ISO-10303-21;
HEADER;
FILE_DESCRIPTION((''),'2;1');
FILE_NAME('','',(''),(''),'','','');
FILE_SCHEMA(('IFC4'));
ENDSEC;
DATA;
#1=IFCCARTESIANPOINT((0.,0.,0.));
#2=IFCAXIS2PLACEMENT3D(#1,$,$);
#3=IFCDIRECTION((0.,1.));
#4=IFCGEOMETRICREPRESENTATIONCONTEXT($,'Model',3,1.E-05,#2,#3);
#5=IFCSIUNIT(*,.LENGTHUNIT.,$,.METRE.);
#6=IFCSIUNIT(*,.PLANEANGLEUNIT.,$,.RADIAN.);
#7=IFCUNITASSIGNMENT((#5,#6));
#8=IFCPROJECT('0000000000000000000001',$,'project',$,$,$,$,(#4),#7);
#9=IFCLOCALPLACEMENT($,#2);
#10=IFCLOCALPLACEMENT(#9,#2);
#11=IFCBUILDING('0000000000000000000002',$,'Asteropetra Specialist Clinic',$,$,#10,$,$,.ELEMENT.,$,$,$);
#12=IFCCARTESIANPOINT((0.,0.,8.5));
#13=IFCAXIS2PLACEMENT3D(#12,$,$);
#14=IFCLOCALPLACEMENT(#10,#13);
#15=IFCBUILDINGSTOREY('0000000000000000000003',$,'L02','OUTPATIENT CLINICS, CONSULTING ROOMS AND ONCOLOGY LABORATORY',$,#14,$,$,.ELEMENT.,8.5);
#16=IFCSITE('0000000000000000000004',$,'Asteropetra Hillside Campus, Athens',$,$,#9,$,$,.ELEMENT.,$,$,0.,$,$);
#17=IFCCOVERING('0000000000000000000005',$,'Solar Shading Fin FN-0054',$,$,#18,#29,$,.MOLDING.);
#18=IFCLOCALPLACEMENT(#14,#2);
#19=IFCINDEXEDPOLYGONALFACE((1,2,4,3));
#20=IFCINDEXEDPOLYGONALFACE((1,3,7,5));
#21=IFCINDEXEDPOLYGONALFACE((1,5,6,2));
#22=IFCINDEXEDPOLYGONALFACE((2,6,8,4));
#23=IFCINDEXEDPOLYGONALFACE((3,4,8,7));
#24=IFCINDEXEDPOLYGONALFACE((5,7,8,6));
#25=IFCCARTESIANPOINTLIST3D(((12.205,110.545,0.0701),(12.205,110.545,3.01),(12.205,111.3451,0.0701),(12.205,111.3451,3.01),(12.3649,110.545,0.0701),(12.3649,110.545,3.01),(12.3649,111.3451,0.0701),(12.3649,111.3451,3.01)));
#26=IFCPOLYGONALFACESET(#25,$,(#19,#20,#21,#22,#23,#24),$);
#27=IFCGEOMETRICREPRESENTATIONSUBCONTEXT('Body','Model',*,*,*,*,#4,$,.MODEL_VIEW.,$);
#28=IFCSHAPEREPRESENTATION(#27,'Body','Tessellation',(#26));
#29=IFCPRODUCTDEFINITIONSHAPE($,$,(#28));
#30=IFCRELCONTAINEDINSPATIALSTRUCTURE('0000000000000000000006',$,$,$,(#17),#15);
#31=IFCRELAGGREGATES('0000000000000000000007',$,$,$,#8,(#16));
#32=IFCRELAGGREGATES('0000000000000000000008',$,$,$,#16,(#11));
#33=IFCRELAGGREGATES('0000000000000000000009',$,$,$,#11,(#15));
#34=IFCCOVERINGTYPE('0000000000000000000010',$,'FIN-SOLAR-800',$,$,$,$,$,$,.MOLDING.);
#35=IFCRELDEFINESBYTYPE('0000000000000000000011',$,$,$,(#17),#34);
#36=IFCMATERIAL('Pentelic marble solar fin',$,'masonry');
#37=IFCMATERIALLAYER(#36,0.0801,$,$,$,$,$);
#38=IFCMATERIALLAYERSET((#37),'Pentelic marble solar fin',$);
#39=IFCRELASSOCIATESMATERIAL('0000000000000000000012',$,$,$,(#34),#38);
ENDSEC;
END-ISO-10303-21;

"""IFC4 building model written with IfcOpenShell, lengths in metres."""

from ifc_helpers import new_model, si_unit, direction, frame, origin, origin_2d, place, context, subcontext, project, spatial, rectangle, extrude, material, layer, layer_set, type_object, element, save


model = new_model("IFC4")

# Units and contexts
model_context = context("Model", 3, precision=1e-05, world=origin(), true_north=direction((0.0, 1.0)))
body_context = subcontext(model_context, "Body", "Model", "MODEL_VIEW")
ifc_project = project(units=[si_unit("LENGTHUNIT", "METRE"), si_unit("PLANEANGLEUNIT", "RADIAN")], contexts=[model_context])

# Site, building, storey
site_placement = place(None, origin())
site = spatial("IfcSite", under=ifc_project, at=site_placement, Name="Asteropetra Hillside Campus, Athens", CompositionType="ELEMENT", RefElevation=0.0)
building_placement = place(site_placement, origin())
building = spatial("IfcBuilding", under=site, at=building_placement, Name="Asteropetra Specialist Clinic", CompositionType="ELEMENT")
storey_placement = place(building_placement, frame((0.0, 0.0, 8.5)))
storey = spatial("IfcBuildingStorey", under=building, at=storey_placement, Name="L02", Description="OUTPATIENT CLINICS, CONSULTING ROOMS AND ONCOLOGY LABORATORY", CompositionType="ELEMENT", Elevation=8.5)

# Covering
ifc_material_1 = material(Name="Pentelic marble solar fin", Category="masonry")
ifc_layer_1 = layer(ifc_material_1, 0.0801)
ifc_layer_set_1 = layer_set([ifc_layer_1], Name="Pentelic marble solar fin")
covering_type_1 = type_object("IfcCoveringType", Name="FIN-SOLAR-800", PredefinedType="MOLDING", material=ifc_layer_set_1)
for number, where, z_axis, x_axis, name in (
    (1, (12.2849, 110.9451, 0.0701), (0.0, 0.0, 1.0), (1.0, 0.0, 0.0), "Solar Shading Fin FN-0054"),
):
    element("IfcCovering", number, at=place(storey_placement, frame(where, z_axis=z_axis, x_axis=x_axis)), inside=storey, type_object=covering_type_1, Name=name, PredefinedType="MOLDING", context=body_context, shape_type="SweptSolid", body=[
        extrude(rectangle(XDim=0.1599, YDim=0.8, at=origin_2d()), origin(), (0.0, 0.0, 1.0), 2.9399),
    ])

save(model, "model.ifc")
